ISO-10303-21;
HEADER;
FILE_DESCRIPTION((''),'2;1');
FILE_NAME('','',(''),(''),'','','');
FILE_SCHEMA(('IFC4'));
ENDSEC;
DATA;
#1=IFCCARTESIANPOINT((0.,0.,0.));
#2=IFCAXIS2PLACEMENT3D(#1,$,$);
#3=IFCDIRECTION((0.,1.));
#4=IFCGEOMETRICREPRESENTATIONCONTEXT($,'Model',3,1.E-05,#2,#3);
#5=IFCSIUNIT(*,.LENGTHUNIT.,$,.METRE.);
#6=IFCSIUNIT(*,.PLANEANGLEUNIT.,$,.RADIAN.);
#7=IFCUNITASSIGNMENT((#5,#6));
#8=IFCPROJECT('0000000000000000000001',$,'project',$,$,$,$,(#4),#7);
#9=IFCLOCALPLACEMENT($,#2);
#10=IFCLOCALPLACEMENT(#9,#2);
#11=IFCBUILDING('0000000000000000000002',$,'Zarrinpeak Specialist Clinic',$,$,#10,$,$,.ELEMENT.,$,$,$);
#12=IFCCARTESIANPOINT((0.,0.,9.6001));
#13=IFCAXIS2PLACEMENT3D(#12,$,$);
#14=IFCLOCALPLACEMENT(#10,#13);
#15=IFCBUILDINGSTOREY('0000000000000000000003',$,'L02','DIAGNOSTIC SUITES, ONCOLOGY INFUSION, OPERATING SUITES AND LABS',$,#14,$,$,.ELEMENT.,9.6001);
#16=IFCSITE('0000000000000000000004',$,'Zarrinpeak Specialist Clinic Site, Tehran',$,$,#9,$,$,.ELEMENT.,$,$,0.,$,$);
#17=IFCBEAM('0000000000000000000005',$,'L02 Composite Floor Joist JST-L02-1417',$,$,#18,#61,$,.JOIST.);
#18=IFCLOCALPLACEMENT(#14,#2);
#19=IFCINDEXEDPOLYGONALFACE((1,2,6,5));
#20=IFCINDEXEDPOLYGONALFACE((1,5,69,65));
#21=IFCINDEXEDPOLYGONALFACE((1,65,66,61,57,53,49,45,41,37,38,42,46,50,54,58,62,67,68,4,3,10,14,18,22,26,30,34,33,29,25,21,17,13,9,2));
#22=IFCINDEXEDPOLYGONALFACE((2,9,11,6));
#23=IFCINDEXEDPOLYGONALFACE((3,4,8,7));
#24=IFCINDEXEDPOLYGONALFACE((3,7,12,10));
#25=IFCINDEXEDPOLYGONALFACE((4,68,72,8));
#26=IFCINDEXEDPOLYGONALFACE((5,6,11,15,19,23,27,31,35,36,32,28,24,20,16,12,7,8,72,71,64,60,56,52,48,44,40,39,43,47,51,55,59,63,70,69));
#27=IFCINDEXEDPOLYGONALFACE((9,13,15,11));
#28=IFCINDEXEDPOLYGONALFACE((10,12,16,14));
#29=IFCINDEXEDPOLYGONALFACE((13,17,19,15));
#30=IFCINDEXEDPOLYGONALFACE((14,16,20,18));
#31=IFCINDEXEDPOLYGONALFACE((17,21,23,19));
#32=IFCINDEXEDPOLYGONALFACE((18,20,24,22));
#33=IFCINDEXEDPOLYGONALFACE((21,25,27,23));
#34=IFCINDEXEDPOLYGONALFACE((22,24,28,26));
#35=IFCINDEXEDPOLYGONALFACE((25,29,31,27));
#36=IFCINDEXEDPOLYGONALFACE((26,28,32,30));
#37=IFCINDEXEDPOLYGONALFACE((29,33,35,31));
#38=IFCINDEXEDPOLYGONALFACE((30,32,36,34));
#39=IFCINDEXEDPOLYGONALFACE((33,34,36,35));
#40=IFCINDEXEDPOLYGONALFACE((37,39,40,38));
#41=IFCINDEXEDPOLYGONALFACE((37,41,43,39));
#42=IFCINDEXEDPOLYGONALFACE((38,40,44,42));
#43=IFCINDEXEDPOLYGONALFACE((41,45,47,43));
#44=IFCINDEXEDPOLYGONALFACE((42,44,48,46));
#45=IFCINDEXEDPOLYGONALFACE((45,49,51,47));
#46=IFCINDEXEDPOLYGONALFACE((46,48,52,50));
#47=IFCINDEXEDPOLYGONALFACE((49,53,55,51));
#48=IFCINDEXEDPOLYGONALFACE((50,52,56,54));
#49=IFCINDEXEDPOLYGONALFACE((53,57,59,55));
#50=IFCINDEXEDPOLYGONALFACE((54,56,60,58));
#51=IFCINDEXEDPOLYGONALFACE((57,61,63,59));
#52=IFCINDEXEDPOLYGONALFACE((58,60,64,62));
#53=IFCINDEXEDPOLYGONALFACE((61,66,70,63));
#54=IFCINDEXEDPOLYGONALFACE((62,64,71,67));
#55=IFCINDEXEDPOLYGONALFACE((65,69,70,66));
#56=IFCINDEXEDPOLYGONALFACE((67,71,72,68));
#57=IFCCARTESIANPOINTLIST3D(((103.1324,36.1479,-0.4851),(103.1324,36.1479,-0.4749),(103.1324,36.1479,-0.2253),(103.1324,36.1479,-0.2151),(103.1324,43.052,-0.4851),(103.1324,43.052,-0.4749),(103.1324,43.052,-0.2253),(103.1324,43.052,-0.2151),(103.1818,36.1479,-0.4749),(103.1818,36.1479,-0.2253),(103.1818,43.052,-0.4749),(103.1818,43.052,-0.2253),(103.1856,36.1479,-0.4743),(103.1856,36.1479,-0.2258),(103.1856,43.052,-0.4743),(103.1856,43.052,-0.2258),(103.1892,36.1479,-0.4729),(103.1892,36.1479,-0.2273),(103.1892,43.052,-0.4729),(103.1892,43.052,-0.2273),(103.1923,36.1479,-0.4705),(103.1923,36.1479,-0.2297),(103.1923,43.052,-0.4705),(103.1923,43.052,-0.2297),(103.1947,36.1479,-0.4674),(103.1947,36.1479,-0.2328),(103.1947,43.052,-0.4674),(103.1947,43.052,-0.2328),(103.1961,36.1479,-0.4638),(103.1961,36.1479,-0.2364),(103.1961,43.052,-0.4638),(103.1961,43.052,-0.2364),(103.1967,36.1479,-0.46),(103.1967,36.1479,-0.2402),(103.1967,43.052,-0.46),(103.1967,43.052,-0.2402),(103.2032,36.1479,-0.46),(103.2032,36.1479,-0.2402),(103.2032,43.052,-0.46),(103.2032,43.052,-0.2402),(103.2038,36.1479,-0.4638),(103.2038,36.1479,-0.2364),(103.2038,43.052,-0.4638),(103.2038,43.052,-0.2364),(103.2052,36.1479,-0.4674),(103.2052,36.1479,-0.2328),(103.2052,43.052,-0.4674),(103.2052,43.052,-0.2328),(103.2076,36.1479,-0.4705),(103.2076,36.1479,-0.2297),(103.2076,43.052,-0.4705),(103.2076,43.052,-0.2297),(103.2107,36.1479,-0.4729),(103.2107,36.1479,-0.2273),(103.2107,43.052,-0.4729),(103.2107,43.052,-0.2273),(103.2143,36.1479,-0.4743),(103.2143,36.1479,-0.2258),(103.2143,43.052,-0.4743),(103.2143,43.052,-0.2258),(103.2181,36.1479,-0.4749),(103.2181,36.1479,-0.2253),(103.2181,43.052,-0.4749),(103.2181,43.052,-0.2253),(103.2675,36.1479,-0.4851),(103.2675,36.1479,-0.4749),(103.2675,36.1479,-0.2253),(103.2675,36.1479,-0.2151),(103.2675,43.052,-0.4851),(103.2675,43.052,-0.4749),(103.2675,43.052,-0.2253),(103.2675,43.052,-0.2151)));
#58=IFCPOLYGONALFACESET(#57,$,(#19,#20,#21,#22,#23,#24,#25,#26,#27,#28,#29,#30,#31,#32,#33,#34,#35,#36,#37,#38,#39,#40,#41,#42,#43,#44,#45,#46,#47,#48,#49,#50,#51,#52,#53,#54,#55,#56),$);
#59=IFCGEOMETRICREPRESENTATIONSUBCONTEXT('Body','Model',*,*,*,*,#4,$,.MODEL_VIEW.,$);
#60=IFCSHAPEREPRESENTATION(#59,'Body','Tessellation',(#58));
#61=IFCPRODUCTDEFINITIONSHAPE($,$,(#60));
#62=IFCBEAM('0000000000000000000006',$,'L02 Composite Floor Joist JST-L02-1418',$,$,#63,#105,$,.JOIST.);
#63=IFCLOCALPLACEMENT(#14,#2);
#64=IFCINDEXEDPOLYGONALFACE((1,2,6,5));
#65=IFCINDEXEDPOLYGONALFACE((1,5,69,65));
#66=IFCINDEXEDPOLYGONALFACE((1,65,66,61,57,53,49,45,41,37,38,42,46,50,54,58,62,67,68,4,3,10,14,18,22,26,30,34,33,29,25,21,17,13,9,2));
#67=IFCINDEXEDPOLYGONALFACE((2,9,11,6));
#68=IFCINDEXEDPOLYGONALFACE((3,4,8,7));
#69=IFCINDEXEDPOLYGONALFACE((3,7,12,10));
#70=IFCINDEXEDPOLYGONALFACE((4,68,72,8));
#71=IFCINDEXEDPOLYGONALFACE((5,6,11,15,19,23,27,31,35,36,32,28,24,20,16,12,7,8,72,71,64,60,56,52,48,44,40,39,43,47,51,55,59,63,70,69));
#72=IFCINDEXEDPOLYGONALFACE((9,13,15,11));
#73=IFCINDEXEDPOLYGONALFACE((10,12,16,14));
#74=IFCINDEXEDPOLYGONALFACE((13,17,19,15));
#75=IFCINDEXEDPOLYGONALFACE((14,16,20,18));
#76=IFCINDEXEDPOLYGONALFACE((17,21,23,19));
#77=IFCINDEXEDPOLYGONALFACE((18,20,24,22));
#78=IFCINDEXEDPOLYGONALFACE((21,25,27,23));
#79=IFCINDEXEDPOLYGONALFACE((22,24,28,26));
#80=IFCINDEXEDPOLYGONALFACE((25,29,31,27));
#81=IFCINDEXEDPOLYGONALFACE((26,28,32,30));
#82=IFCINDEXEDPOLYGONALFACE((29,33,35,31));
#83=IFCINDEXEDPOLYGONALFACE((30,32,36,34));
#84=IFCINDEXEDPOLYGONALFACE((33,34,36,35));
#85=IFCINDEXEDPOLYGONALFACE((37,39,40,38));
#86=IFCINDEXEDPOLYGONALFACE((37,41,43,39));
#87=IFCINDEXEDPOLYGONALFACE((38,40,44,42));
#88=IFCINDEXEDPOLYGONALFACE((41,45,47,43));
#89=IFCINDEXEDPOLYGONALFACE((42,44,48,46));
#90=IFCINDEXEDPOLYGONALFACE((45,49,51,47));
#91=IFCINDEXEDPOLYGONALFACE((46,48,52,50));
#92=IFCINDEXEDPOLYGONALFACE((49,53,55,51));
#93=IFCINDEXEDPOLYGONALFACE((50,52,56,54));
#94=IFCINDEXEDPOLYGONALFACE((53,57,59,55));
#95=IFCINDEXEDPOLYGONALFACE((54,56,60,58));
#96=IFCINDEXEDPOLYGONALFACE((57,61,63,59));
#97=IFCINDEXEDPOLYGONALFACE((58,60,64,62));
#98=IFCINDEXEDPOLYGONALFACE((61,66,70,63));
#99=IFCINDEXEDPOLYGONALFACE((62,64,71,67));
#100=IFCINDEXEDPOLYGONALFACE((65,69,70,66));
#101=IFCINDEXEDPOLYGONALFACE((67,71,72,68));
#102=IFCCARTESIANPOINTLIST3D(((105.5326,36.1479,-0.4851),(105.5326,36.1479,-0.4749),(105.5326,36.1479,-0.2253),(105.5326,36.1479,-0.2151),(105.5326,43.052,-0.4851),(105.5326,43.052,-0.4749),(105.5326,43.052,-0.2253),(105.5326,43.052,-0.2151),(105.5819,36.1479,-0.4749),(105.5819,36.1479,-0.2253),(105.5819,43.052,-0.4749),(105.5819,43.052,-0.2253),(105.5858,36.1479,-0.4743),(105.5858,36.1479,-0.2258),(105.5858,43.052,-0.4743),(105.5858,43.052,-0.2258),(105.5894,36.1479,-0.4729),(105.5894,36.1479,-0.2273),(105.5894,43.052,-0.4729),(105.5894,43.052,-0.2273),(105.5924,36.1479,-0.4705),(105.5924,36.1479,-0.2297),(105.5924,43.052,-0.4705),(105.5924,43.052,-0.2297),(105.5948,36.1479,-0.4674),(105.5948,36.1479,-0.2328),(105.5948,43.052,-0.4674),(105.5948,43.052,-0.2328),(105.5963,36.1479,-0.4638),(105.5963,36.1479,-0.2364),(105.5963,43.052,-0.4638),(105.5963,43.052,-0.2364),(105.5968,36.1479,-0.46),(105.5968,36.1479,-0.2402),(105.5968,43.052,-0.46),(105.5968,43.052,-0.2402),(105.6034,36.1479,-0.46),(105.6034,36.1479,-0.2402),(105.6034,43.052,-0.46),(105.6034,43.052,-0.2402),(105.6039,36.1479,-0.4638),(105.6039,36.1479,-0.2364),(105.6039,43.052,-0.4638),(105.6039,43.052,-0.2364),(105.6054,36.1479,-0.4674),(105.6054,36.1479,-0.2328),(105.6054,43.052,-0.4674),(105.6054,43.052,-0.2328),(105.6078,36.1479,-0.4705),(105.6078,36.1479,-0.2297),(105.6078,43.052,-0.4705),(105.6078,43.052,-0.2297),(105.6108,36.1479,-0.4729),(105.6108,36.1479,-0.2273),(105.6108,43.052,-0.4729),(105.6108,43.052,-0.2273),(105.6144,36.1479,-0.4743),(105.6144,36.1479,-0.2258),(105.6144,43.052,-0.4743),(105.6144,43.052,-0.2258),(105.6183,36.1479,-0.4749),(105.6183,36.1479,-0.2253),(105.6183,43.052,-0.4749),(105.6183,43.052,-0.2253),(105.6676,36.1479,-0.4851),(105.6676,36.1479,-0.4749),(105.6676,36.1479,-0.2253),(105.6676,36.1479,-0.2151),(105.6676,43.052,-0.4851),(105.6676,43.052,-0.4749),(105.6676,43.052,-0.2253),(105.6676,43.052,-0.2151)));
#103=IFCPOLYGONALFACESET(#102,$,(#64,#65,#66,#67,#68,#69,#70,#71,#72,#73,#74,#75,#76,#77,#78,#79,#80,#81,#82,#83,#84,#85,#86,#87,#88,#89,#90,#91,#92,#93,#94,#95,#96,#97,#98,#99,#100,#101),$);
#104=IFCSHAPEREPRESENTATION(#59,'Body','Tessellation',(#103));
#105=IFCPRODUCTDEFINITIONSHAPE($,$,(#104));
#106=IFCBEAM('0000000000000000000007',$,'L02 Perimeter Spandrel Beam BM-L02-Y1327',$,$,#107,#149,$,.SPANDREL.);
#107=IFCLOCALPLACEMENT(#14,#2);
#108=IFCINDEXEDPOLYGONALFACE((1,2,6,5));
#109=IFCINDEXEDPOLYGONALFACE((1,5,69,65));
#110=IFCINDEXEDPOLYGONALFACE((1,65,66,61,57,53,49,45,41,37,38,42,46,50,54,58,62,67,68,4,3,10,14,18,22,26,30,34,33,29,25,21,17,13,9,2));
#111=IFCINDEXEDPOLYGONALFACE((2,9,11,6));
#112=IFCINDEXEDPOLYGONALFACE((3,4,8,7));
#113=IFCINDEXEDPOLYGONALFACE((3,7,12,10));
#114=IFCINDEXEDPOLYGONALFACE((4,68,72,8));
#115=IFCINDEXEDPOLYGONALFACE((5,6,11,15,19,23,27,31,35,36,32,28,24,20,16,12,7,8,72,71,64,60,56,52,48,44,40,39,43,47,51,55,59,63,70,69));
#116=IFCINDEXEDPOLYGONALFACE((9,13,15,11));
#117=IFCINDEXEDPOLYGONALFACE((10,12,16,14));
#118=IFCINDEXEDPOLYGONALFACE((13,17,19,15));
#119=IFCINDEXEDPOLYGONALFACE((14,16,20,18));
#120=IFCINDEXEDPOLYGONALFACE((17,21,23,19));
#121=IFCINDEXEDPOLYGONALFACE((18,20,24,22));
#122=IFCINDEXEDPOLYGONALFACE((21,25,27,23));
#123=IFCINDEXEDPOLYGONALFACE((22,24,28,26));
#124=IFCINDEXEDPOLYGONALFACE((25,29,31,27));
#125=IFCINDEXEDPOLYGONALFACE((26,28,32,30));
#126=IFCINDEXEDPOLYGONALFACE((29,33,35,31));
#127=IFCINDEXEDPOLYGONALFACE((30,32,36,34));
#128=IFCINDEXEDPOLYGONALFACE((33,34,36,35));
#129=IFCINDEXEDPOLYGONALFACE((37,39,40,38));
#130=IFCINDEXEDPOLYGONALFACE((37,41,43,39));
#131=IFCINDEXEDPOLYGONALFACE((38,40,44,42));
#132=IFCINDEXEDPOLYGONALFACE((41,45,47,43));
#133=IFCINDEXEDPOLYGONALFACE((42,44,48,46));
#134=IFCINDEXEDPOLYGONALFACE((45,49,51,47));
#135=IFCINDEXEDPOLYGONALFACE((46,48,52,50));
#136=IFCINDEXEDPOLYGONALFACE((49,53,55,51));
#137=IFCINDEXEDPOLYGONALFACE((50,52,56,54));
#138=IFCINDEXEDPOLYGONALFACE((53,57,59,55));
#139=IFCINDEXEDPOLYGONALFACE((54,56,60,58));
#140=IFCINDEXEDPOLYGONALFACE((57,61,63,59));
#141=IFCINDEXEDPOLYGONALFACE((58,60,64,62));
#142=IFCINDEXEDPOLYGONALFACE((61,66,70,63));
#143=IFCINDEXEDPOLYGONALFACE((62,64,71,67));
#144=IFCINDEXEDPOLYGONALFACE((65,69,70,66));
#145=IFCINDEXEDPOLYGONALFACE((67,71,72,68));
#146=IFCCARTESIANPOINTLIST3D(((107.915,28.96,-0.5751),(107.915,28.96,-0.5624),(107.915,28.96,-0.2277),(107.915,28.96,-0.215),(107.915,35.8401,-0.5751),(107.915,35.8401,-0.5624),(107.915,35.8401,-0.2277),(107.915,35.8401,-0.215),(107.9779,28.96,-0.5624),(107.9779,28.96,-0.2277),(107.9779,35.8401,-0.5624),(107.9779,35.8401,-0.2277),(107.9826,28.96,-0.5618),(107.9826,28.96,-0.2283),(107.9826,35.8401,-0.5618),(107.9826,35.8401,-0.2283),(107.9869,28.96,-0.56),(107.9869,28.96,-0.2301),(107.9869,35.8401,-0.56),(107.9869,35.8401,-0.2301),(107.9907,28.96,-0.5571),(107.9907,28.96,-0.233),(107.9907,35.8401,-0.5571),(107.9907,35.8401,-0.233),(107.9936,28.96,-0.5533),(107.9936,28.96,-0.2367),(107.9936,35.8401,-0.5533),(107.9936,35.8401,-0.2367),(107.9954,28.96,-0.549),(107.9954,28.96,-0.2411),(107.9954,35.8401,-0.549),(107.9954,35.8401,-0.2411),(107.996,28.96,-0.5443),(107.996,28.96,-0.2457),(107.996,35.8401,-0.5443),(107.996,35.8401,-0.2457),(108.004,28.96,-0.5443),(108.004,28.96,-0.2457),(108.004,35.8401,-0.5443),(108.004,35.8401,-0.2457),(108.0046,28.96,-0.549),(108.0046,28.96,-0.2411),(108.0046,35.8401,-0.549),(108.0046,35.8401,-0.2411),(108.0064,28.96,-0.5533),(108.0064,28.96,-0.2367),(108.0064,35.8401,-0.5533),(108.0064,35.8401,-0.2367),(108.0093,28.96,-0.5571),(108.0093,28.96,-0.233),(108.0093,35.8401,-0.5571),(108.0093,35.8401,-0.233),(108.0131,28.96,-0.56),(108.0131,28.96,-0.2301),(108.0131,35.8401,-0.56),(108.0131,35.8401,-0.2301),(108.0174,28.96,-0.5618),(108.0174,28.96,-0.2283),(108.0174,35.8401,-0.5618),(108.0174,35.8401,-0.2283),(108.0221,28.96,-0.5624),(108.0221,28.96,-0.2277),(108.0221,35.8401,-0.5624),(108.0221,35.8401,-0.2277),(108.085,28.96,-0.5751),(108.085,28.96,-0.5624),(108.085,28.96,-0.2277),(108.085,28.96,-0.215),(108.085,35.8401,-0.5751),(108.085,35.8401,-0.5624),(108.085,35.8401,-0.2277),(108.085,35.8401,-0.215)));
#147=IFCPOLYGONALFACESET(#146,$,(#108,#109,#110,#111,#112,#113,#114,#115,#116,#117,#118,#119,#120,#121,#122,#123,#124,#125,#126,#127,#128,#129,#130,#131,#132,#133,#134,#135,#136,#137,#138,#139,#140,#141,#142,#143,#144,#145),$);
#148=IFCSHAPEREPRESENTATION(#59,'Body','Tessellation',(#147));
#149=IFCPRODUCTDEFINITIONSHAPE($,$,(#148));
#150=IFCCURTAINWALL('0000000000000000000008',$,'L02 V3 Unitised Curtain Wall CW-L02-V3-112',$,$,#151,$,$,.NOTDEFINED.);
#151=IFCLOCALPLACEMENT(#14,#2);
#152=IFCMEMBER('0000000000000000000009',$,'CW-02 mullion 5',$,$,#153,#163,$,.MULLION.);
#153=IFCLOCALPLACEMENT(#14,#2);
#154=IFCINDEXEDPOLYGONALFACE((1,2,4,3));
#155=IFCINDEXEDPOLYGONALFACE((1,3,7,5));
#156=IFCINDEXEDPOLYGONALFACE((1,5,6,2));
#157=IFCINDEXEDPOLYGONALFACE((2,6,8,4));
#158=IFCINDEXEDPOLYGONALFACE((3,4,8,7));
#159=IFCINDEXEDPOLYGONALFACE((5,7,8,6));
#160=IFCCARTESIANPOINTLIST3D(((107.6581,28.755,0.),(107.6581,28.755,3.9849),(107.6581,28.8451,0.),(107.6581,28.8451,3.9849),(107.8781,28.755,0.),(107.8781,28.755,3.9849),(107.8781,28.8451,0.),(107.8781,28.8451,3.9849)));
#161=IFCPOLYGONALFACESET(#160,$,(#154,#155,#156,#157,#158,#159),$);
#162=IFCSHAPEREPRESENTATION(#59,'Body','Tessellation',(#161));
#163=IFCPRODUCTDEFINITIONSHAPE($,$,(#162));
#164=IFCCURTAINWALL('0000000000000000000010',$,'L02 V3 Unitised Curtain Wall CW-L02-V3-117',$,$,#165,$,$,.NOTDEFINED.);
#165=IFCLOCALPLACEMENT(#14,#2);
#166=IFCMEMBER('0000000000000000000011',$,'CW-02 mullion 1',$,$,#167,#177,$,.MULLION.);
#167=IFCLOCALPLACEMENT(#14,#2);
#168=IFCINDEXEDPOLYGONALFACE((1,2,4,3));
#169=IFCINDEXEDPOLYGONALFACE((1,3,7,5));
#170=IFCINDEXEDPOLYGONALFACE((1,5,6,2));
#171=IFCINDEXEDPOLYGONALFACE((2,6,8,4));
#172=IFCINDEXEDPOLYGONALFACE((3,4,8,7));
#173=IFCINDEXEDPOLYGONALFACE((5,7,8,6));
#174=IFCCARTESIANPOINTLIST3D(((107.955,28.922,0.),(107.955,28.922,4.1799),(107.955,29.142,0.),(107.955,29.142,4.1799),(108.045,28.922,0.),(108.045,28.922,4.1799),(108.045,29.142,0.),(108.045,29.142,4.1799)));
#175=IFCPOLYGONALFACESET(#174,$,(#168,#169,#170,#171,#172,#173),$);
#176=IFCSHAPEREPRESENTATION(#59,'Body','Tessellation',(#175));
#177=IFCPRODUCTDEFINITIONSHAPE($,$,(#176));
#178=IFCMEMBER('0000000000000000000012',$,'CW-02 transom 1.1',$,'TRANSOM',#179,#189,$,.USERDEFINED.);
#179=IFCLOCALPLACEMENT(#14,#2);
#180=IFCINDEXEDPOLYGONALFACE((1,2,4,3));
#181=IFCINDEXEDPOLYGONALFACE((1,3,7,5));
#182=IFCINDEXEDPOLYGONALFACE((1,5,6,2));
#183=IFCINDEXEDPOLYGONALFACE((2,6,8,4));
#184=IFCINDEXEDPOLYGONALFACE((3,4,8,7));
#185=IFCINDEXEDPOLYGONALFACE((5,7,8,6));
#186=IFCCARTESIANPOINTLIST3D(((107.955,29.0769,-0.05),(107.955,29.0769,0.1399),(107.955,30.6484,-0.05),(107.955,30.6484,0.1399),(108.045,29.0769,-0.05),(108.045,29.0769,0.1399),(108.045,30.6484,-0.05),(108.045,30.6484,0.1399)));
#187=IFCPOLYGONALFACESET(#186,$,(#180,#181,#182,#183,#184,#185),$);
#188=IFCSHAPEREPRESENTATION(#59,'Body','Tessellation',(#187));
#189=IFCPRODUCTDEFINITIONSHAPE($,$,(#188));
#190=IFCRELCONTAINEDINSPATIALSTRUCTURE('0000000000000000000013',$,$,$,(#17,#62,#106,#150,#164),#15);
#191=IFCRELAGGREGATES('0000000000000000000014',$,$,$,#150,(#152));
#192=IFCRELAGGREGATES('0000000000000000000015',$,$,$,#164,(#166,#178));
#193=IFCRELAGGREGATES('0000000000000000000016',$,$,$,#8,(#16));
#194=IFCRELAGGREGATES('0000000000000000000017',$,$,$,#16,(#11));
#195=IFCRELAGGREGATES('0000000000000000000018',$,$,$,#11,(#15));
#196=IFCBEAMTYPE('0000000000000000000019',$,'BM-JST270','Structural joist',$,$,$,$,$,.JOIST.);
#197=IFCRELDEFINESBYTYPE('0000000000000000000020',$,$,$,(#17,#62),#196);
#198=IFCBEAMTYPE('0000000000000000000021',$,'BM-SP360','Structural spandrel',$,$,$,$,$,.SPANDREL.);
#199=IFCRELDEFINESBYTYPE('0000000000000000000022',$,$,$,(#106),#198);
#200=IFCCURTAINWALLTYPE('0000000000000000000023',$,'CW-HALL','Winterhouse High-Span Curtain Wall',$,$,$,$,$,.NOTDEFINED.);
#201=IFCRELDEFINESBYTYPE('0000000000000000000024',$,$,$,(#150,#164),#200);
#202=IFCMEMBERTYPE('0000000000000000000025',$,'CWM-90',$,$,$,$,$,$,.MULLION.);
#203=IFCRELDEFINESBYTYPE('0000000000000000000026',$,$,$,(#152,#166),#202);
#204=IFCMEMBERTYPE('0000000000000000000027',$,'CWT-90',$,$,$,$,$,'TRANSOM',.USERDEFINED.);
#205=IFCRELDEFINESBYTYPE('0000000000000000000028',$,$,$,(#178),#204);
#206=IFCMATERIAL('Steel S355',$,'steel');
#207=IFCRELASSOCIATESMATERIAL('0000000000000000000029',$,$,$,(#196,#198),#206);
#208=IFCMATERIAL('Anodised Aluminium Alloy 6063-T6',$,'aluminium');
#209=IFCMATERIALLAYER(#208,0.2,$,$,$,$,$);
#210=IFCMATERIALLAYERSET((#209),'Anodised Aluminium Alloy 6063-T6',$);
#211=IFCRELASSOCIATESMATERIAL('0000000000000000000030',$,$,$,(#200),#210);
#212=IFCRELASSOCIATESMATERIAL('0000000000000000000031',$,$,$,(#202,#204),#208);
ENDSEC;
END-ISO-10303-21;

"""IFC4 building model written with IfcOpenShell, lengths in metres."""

from ifc_helpers import new_model, si_unit, direction, frame, origin, origin_2d, place, context, subcontext, project, spatial, rectangle, i_section, extrude, material, layer, layer_set, material_profile, profile_set, type_object, element, aggregate, save


model = new_model("IFC4")

# Units and contexts
model_context = context("Model", 3, precision=1e-05, world=origin(), true_north=direction((0.0, 1.0)))
body_context = subcontext(model_context, "Body", "Model", "MODEL_VIEW")
ifc_project = project(units=[si_unit("LENGTHUNIT", "METRE"), si_unit("PLANEANGLEUNIT", "RADIAN")], contexts=[model_context])

# Site, building, storey
site_placement = place(None, origin())
site = spatial("IfcSite", under=ifc_project, at=site_placement, Name="Zarrinpeak Specialist Clinic Site, Tehran", CompositionType="ELEMENT", RefElevation=0.0)
building_placement = place(site_placement, origin())
building = spatial("IfcBuilding", under=site, at=building_placement, Name="Zarrinpeak Specialist Clinic", CompositionType="ELEMENT")
storey_placement = place(building_placement, frame((0.0, 0.0, 9.6001)))
storey = spatial("IfcBuildingStorey", under=building, at=storey_placement, Name="L02", Description="DIAGNOSTIC SUITES, ONCOLOGY INFUSION, OPERATING SUITES AND LABS", CompositionType="ELEMENT", Elevation=9.6001)

# Shared definitions
ifc_material_1 = material(Name="Steel S355", Category="steel")

# Beams
ifc_material_profile_1 = material_profile(ifc_material_1, i_section(OverallWidth=0.135, OverallDepth=0.27, WebThickness=0.0066, FlangeThickness=0.0103, FilletRadius=0.0149, at=origin_2d()), Name="IPE 270")
ifc_profile_set_1 = profile_set([ifc_material_profile_1], Name="Steel S355")
beam_type_1 = type_object("IfcBeamType", Name="BM-JST270", Description="Structural joist", PredefinedType="JOIST", material=ifc_profile_set_1)
for number, where, z_axis, x_axis, name in (
    (1, (103.2, 36.1479, -0.3501), (0.0, 1.0, 0.0), (-1.0, 0.0, 0.0), "L02 Composite Floor Joist JST-L02-1417"),
    (2, (105.6001, 36.1479, -0.3501), (0.0, 1.0, 0.0), (-1.0, 0.0, 0.0), "L02 Composite Floor Joist JST-L02-1418"),
):
    element("IfcBeam", number, at=place(storey_placement, frame(where, z_axis=z_axis, x_axis=x_axis)), inside=storey, type_object=beam_type_1, Name=name, PredefinedType="JOIST", context=body_context, shape_type="SweptSolid", body=[
        extrude(i_section(OverallWidth=0.135, OverallDepth=0.27, WebThickness=0.0066, FlangeThickness=0.0103, FilletRadius=0.0149, at=origin_2d()), origin(), (0.0, 0.0, 1.0), 6.9041),
    ])
ifc_material_profile_2 = material_profile(ifc_material_1, i_section(OverallWidth=0.1699, OverallDepth=0.3601, WebThickness=0.0081, FlangeThickness=0.0127, FilletRadius=0.0181, at=origin_2d()), Name="IPE 360")
ifc_profile_set_2 = profile_set([ifc_material_profile_2], Name="Steel S355")
beam_type_2 = type_object("IfcBeamType", Name="BM-SP360", Description="Structural spandrel", PredefinedType="SPANDREL", material=ifc_profile_set_2)
beam_1_placement = place(storey_placement, frame((108.0, 28.96, -0.395), z_axis=(0.0, 1.0, 0.0), x_axis=(-1.0, 0.0, 0.0)))
element("IfcBeam", 3, at=beam_1_placement, inside=storey, type_object=beam_type_2, Name="L02 Perimeter Spandrel Beam BM-L02-Y1327", PredefinedType="SPANDREL", context=body_context, shape_type="SweptSolid", body=[
    extrude(i_section(OverallWidth=0.1699, OverallDepth=0.3601, WebThickness=0.0081, FlangeThickness=0.0127, FilletRadius=0.0181, at=origin_2d()), origin(), (0.0, 0.0, 1.0), 6.8801),
])

# Curtain wall, member
ifc_material_2 = material(Name="Anodised Aluminium Alloy 6063-T6", Category="aluminium")
ifc_layer_1 = layer(ifc_material_2, 0.2)
ifc_layer_set_1 = layer_set([ifc_layer_1], Name="Anodised Aluminium Alloy 6063-T6")
curtain_wall_type = type_object("IfcCurtainWallType", Name="CW-HALL", Description="Winterhouse High-Span Curtain Wall", PredefinedType="NOTDEFINED", material=ifc_layer_set_1)
curtain_wall_1_placement = place(storey_placement, origin())
curtain_wall_1 = element("IfcCurtainWall", 4, at=curtain_wall_1_placement, inside=storey, type_object=curtain_wall_type, Name="L02 V3 Unitised Curtain Wall CW-L02-V3-112", PredefinedType="NOTDEFINED")
ifc_material_profile_3 = material_profile(ifc_material_2, rectangle(XDim=0.0901, YDim=0.22, at=origin_2d()), Name="ALU 90x220")
ifc_profile_set_3 = profile_set([ifc_material_profile_3], Name="Anodised Aluminium Alloy 6063-T6")
member_type_1 = type_object("IfcMemberType", Name="CWM-90", PredefinedType="MULLION", material=ifc_profile_set_3)
member_1_placement = place(storey_placement, frame((107.7681, 28.8, 0.0), z_axis=(0.0, 0.0, 1.0), x_axis=(0.0, 1.0, 0.0)))
member_1 = element("IfcMember", 5, at=member_1_placement, type_object=member_type_1, Name="CW-02 mullion 5", PredefinedType="MULLION", context=body_context, shape_type="SweptSolid", body=[
    extrude(rectangle(XDim=0.0901, YDim=0.22, at=origin_2d()), origin(), (0.0, 0.0, 1.0), 3.9849),
])

# Curtain wall, members
curtain_wall_2_placement = place(storey_placement, origin())
curtain_wall_2 = element("IfcCurtainWall", 6, at=curtain_wall_2_placement, inside=storey, type_object=curtain_wall_type, Name="L02 V3 Unitised Curtain Wall CW-L02-V3-117", PredefinedType="NOTDEFINED")
member_2_placement = place(storey_placement, frame((108.0, 29.032, 0.0), z_axis=(0.0, 0.0, 1.0), x_axis=(-1.0, 0.0, 0.0)))
member_2 = element("IfcMember", 7, at=member_2_placement, type_object=member_type_1, Name="CW-02 mullion 1", PredefinedType="MULLION", context=body_context, shape_type="SweptSolid", body=[
    extrude(rectangle(XDim=0.0901, YDim=0.22, at=origin_2d()), origin(), (0.0, 0.0, 1.0), 4.1799),
])
ifc_material_profile_4 = material_profile(ifc_material_2, rectangle(XDim=0.0901, YDim=0.1899, at=origin_2d()), Name="ALU 90x190")
ifc_profile_set_4 = profile_set([ifc_material_profile_4], Name="Anodised Aluminium Alloy 6063-T6")
member_type_2 = type_object("IfcMemberType", Name="CWT-90", ElementType="TRANSOM", PredefinedType="USERDEFINED", material=ifc_profile_set_4)
member_3_placement = place(storey_placement, frame((108.0, 29.0769, 0.0449), z_axis=(0.0, 1.0, 0.0), x_axis=(-1.0, 0.0, 0.0)))
member_3 = element("IfcMember", 8, at=member_3_placement, type_object=member_type_2, Name="CW-02 transom 1.1", ObjectType="TRANSOM", PredefinedType="USERDEFINED", context=body_context, shape_type="SweptSolid", body=[
    extrude(rectangle(XDim=0.0901, YDim=0.1899, at=origin_2d()), origin(), (0.0, 0.0, 1.0), 1.5715),
])

aggregate(curtain_wall_1, [member_1])
aggregate(curtain_wall_2, [member_2, member_3])

save(model, "model.ifc")
